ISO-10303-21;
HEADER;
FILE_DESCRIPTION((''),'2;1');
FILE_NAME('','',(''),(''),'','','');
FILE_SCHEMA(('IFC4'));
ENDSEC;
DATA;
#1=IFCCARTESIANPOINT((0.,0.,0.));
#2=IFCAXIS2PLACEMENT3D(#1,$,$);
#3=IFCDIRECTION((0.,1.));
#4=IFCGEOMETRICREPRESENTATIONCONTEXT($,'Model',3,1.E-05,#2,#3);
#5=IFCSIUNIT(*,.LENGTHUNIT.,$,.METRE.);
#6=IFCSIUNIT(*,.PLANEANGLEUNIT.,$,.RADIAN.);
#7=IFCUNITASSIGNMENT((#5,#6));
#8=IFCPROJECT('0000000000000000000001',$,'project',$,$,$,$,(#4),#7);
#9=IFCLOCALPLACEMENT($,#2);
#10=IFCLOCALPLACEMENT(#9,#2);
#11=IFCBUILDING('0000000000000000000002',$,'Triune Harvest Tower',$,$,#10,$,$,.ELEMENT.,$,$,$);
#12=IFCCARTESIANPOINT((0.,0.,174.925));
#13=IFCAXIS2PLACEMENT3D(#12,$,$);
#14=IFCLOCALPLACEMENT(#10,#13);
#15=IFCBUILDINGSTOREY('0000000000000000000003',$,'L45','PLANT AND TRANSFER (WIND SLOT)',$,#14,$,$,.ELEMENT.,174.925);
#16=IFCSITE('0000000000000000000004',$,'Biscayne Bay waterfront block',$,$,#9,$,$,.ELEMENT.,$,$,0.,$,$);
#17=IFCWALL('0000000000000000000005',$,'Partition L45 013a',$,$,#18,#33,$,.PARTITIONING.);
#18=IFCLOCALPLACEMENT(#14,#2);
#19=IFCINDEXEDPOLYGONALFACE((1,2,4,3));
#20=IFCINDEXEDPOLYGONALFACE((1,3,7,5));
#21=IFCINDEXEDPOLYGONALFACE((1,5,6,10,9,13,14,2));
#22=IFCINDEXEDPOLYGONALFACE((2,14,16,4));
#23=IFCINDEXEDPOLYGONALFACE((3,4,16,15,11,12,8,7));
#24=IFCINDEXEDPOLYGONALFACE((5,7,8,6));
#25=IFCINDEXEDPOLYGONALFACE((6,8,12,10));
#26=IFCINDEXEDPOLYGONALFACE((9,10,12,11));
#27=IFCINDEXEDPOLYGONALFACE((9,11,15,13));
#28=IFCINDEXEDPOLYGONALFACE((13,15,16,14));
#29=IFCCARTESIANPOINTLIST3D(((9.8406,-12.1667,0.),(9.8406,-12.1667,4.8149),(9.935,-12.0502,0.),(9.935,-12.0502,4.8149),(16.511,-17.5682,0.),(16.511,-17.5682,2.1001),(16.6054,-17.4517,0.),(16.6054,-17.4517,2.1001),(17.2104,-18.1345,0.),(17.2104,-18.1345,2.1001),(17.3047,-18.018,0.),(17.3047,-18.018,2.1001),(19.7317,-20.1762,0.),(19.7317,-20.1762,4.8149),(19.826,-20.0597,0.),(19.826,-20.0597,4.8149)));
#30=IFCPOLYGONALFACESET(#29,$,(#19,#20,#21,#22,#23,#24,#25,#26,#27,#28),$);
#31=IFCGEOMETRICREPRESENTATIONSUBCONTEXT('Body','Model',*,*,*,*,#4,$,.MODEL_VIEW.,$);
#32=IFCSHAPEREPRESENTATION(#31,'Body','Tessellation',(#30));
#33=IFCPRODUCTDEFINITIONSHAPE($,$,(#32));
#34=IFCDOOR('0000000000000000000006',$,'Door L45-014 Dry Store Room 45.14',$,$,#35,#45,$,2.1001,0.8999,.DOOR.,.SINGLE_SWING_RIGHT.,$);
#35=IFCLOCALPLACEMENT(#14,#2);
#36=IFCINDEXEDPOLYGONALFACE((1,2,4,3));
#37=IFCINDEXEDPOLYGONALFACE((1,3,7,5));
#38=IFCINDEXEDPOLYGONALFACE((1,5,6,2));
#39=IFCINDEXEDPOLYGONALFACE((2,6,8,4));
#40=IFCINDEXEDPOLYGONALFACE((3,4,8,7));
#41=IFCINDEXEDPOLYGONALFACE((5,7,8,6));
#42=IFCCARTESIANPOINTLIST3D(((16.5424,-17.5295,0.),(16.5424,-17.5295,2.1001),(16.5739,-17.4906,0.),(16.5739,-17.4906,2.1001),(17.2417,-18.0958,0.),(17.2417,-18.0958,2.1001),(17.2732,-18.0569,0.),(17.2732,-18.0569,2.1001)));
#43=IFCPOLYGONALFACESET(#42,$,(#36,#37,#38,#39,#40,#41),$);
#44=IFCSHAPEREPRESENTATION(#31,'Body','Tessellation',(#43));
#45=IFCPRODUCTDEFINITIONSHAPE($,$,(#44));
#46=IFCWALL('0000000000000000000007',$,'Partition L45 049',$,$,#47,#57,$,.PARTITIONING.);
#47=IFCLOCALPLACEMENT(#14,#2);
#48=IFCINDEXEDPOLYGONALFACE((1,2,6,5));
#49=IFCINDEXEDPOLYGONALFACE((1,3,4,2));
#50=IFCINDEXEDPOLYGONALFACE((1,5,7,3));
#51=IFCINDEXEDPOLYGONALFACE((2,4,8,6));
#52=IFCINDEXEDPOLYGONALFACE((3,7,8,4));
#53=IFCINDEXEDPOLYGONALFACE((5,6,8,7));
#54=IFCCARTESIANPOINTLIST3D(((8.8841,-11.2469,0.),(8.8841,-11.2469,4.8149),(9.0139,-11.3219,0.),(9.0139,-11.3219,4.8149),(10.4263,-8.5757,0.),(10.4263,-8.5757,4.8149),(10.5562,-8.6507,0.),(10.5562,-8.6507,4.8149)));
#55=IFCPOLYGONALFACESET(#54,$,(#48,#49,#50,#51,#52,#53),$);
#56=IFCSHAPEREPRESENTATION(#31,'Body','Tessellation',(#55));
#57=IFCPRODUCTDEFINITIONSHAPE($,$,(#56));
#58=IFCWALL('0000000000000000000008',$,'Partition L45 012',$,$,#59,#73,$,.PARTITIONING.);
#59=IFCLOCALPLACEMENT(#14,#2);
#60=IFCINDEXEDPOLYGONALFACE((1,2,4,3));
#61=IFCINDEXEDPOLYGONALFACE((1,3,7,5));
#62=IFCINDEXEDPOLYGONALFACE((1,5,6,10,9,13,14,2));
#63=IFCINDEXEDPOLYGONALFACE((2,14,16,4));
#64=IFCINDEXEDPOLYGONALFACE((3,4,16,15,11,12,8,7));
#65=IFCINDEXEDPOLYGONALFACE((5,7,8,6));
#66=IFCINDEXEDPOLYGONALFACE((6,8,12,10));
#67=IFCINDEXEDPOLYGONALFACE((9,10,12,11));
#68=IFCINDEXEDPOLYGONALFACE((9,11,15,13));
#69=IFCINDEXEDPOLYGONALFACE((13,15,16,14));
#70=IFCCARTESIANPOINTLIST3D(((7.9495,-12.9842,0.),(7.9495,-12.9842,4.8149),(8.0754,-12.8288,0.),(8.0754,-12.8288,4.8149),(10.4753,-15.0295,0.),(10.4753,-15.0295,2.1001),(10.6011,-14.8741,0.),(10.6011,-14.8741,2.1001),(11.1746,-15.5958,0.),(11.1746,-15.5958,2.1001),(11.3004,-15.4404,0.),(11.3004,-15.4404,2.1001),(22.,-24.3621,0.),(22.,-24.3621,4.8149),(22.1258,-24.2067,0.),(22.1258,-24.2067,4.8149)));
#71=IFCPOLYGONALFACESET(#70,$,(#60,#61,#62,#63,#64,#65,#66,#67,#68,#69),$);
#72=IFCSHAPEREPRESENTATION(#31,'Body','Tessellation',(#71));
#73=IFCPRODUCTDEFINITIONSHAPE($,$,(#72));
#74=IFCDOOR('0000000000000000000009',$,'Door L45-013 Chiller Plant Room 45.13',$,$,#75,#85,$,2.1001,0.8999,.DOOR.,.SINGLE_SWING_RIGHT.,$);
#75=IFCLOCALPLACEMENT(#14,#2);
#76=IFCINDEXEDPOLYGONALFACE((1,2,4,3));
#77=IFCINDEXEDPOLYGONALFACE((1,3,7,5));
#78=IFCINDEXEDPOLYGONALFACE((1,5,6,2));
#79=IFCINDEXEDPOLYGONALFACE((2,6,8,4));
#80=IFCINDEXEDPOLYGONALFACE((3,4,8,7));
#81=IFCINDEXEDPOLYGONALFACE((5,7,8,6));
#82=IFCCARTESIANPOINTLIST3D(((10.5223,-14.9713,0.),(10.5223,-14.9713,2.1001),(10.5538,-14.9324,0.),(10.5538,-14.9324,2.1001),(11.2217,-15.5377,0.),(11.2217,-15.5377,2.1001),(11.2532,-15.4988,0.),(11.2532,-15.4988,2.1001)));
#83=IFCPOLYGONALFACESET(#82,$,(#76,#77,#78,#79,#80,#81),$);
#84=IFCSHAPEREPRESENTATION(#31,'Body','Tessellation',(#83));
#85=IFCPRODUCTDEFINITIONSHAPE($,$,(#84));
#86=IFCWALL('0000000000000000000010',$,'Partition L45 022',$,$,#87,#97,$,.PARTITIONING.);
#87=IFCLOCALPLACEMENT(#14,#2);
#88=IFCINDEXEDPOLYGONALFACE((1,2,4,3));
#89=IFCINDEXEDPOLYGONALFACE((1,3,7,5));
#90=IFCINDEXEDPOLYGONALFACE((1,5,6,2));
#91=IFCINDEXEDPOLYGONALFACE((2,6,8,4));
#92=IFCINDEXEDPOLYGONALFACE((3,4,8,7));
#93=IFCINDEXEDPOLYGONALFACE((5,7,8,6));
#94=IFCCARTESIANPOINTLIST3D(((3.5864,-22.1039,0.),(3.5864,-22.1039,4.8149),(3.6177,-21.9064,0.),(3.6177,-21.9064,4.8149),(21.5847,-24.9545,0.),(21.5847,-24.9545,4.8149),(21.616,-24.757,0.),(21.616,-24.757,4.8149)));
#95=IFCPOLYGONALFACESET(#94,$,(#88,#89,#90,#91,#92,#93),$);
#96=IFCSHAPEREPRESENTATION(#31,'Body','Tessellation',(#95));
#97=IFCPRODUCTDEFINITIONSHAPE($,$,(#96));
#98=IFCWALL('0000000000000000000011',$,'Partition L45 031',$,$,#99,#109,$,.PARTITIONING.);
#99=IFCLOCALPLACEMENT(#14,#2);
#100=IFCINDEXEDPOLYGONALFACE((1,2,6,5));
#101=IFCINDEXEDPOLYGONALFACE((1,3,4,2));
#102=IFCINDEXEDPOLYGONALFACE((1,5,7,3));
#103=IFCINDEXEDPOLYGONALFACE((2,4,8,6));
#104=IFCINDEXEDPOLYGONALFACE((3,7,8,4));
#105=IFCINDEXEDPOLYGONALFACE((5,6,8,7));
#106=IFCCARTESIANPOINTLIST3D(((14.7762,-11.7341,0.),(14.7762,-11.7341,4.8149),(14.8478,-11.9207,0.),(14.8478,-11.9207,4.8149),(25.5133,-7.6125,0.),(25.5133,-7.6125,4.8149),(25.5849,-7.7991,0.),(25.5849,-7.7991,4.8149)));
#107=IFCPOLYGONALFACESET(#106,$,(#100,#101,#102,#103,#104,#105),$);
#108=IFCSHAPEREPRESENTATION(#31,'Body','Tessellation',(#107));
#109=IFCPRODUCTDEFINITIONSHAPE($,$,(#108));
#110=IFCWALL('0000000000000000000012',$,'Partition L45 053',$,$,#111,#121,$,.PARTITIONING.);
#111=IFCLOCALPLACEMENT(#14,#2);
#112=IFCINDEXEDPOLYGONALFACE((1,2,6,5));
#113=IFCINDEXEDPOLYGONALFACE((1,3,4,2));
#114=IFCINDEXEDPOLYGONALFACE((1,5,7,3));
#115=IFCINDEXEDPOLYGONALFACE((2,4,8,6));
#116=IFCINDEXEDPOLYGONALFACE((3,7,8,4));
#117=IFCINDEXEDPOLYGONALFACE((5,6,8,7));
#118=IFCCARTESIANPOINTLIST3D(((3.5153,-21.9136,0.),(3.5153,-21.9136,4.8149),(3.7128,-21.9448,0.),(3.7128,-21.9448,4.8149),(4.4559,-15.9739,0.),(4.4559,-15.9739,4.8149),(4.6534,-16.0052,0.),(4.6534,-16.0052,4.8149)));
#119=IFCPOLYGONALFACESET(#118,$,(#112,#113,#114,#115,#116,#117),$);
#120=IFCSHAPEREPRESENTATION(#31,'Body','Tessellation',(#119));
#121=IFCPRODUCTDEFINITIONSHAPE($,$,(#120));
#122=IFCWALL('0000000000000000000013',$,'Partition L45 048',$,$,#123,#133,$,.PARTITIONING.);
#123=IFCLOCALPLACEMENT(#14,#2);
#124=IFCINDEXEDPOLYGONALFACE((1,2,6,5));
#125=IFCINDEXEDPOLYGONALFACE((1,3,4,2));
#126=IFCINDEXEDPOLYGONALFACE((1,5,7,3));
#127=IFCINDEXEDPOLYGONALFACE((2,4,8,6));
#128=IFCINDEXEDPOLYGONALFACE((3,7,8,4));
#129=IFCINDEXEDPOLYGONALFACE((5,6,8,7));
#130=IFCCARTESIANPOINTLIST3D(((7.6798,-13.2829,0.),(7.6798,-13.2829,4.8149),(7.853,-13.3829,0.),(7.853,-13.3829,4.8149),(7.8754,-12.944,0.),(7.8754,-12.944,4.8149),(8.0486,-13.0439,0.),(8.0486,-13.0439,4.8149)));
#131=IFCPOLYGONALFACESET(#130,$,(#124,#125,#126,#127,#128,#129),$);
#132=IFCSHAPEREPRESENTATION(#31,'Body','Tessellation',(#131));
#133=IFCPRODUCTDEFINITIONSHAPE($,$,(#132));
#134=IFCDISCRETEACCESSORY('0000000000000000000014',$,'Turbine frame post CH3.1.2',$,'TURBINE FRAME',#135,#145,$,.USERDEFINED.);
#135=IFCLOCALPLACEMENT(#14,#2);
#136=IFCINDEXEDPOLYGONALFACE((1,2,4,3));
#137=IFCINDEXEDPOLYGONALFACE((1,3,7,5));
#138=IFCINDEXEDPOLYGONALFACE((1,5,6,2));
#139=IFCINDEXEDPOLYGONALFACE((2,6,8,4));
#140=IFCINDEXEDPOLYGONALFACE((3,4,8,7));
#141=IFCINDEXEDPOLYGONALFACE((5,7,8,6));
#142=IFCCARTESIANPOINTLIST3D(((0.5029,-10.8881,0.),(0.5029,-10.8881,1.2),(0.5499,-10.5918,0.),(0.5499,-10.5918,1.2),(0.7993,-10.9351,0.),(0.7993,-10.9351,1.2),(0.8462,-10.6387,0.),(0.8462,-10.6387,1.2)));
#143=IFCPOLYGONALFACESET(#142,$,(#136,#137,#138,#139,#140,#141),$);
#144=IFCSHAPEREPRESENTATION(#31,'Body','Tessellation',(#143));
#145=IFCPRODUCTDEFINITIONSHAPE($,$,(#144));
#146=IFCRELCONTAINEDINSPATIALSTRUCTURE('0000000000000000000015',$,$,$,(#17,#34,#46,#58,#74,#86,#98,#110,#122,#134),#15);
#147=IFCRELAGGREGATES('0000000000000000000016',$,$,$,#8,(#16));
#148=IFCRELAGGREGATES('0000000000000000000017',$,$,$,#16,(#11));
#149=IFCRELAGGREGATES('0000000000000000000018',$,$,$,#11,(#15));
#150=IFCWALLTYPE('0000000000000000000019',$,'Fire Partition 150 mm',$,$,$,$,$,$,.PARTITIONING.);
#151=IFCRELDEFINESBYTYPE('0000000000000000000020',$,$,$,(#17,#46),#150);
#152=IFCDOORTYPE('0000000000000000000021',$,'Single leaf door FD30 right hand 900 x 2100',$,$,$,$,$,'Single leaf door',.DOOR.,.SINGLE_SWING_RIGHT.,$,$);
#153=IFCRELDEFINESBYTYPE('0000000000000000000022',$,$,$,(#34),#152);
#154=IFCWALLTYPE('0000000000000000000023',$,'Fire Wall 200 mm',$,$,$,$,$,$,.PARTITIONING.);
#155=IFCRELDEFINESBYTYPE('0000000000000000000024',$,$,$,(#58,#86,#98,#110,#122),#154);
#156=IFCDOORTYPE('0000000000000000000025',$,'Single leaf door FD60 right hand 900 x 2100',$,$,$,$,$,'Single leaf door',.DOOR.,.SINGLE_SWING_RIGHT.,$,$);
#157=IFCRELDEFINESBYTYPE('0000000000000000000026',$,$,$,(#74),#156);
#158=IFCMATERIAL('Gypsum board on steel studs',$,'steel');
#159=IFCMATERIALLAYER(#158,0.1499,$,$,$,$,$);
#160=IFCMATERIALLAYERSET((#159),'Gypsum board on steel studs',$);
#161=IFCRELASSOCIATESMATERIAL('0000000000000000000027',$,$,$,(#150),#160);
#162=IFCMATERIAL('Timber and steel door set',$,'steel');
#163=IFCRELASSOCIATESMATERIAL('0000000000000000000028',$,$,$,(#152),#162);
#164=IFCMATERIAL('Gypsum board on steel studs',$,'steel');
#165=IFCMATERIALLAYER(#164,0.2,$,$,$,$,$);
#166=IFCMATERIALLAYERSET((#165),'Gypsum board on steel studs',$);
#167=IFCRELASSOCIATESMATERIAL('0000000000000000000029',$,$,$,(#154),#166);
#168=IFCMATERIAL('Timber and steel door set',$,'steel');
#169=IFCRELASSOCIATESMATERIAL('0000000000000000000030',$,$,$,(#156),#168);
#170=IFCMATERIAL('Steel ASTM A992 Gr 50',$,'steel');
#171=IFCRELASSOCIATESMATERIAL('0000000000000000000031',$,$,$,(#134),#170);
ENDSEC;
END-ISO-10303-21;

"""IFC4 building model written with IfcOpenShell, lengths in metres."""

from ifc_helpers import new_model, si_unit, direction, frame, frame_2d, origin, origin_2d, place, context, subcontext, project, spatial, rectangle, extrude, source, transform, mapped, material, layer, layer_set, type_object, element, fill, save


model = new_model("IFC4")

# Units and contexts
model_context = context("Model", 3, precision=1e-05, world=origin(), true_north=direction((0.0, 1.0)))
body_context = subcontext(model_context, "Body", "Model", "MODEL_VIEW")
ifc_project = project(units=[si_unit("LENGTHUNIT", "METRE"), si_unit("PLANEANGLEUNIT", "RADIAN")], contexts=[model_context])

# Site, building, storey
site_placement = place(None, origin())
site = spatial("IfcSite", under=ifc_project, at=site_placement, Name="Biscayne Bay waterfront block", CompositionType="ELEMENT", RefElevation=0.0)
building_placement = place(site_placement, origin())
building = spatial("IfcBuilding", under=site, at=building_placement, Name="Triune Harvest Tower", CompositionType="ELEMENT")
storey_placement = place(building_placement, frame((0.0, 0.0, 174.925)))
storey = spatial("IfcBuildingStorey", under=building, at=storey_placement, Name="L45", Description="PLANT AND TRANSFER (WIND SLOT)", CompositionType="ELEMENT", Elevation=174.925)

# Shared definitions
ifc_material_1 = material(Name="Gypsum board on steel studs", Category="steel")
ifc_layer_1 = layer(ifc_material_1, 0.1499)
ifc_layer_set_1 = layer_set([ifc_layer_1], Name="Gypsum board on steel studs")
wall_type_1 = type_object("IfcWallType", Name="Fire Partition 150 mm", PredefinedType="PARTITIONING", material=ifc_layer_set_1)

# Wall, opening, door
wall_1_placement = place(storey_placement, frame((9.8877, -12.1084, 0.0), z_axis=(0.0, 0.0, 1.0), x_axis=(0.777151, -0.629314, 0.0)))
wall_1 = element("IfcWall", 1, at=wall_1_placement, inside=storey, type_object=wall_type_1, Name="Partition L45 013a", PredefinedType="PARTITIONING", context=body_context, shape_type="SweptSolid", body=[
    extrude(rectangle(XDim=12.7273, YDim=0.1499, at=frame_2d((6.3638, 0.0))), origin(), (0.0, 0.0, 1.0), 4.8149),
])
opening_1_placement = place(wall_1_placement, frame((8.5833, 0.0, 0.0)))
opening_1 = element("IfcOpeningElement", 2, at=opening_1_placement, cuts=wall_1, PredefinedType="OPENING", context=body_context, shape_type="SweptSolid", body=[
    extrude(rectangle(XDim=0.8999, YDim=2.1001, at=frame_2d((0.45, 1.05))), frame((0.0, 0.085, 0.0), z_axis=(0.0, -1.0, 0.0), x_axis=(1.0, 0.0, 0.0)), (0.0, 0.0, 1.0), 0.1699),
])
ifc_material_2 = material(Name="Timber and steel door set", Category="steel")
door_type_1 = type_object("IfcDoorType", Name="Single leaf door FD30 right hand 900 x 2100", ElementType="Single leaf door", OperationType="SINGLE_SWING_RIGHT", PredefinedType="DOOR", material=ifc_material_2)
door_1_placement = place(opening_1_placement, origin())
door_1 = element("IfcDoor", 3, at=door_1_placement, inside=storey, type_object=door_type_1, Name="Door L45-014 Dry Store Room 45.14", OperationType="SINGLE_SWING_RIGHT", OverallHeight=2.1001, OverallWidth=0.8999, PredefinedType="DOOR", context=body_context, shape_type="SweptSolid", body=[
    extrude(rectangle(XDim=0.8999, YDim=2.1001, at=frame_2d((0.45, 1.05))), frame((0.0, 0.0249, 0.0), z_axis=(0.0, -1.0, 0.0), x_axis=(1.0, 0.0, 0.0)), (0.0, 0.0, 1.0), 0.05),
])
fill(opening_1, door_1)

# Wall
wall_2_placement = place(storey_placement, frame((8.949, -11.2844, 0.0), z_axis=(0.0, 0.0, 1.0), x_axis=(0.500013, 0.866018, 0.0)))
element("IfcWall", 4, at=wall_2_placement, inside=storey, type_object=wall_type_1, Name="Partition L45 049", PredefinedType="PARTITIONING", context=body_context, shape_type="SweptSolid", body=[
    extrude(rectangle(XDim=3.0845, YDim=0.1499, at=frame_2d((1.5422, 0.0))), origin(), (0.0, 0.0, 1.0), 4.8149),
])

# Wall, opening, door
ifc_material_3 = material(Name="Gypsum board on steel studs", Category="steel")
ifc_layer_2 = layer(ifc_material_3, 0.2)
ifc_layer_set_2 = layer_set([ifc_layer_2], Name="Gypsum board on steel studs")
wall_type_2 = type_object("IfcWallType", Name="Fire Wall 200 mm", PredefinedType="PARTITIONING", material=ifc_layer_set_2)
wall_3_placement = place(storey_placement, frame((8.0125, -12.9065, 0.0), z_axis=(0.0, 0.0, 1.0), x_axis=(0.777145, -0.629321, 0.0)))
wall_3 = element("IfcWall", 5, at=wall_3_placement, inside=storey, type_object=wall_type_2, Name="Partition L45 012", PredefinedType="PARTITIONING", context=body_context, shape_type="SweptSolid", body=[
    extrude(rectangle(XDim=18.0796, YDim=0.2, at=frame_2d((9.0398, 0.0))), origin(), (0.0, 0.0, 1.0), 4.8149),
])
opening_2_placement = place(wall_3_placement, frame((3.25, 0.0, 0.0)))
opening_2 = element("IfcOpeningElement", 6, at=opening_2_placement, cuts=wall_3, PredefinedType="OPENING", context=body_context, shape_type="SweptSolid", body=[
    extrude(rectangle(XDim=0.8999, YDim=2.1001, at=frame_2d((0.45, 1.05))), frame((0.0, 0.1099, 0.0), z_axis=(0.0, -1.0, 0.0), x_axis=(1.0, 0.0, 0.0)), (0.0, 0.0, 1.0), 0.22),
])
ifc_material_4 = material(Name="Timber and steel door set", Category="steel")
door_type_2 = type_object("IfcDoorType", Name="Single leaf door FD60 right hand 900 x 2100", ElementType="Single leaf door", OperationType="SINGLE_SWING_RIGHT", PredefinedType="DOOR", material=ifc_material_4)
door_2_placement = place(opening_2_placement, origin())
door_2 = element("IfcDoor", 7, at=door_2_placement, inside=storey, type_object=door_type_2, Name="Door L45-013 Chiller Plant Room 45.13", OperationType="SINGLE_SWING_RIGHT", OverallHeight=2.1001, OverallWidth=0.8999, PredefinedType="DOOR", context=body_context, shape_type="SweptSolid", body=[
    extrude(rectangle(XDim=0.8999, YDim=2.1001, at=frame_2d((0.45, 1.05))), frame((0.0, 0.0249, 0.0), z_axis=(0.0, -1.0, 0.0), x_axis=(1.0, 0.0, 0.0)), (0.0, 0.0, 1.0), 0.05),
])
fill(opening_2, door_2)

# Walls
wall_4_placement = place(storey_placement, frame((3.6021, -22.0051, 0.0), z_axis=(0.0, 0.0, 1.0), x_axis=(0.987689, -0.156431, 0.0)))
element("IfcWall", 8, at=wall_4_placement, inside=storey, type_object=wall_type_2, Name="Partition L45 022", PredefinedType="PARTITIONING", context=body_context, shape_type="SweptSolid", body=[
    extrude(rectangle(XDim=18.2227, YDim=0.2, at=frame_2d((9.1113, 0.0))), origin(), (0.0, 0.0, 1.0), 4.8149),
])
wall_5_placement = place(storey_placement, frame((14.812, -11.8274, 0.0), z_axis=(0.0, 0.0, 1.0), x_axis=(0.93358, 0.358369, 0.0)))
element("IfcWall", 9, at=wall_5_placement, inside=storey, type_object=wall_type_2, Name="Partition L45 031", PredefinedType="PARTITIONING", context=body_context, shape_type="SweptSolid", body=[
    extrude(rectangle(XDim=11.501, YDim=0.2, at=frame_2d((5.7505, 0.0))), origin(), (0.0, 0.0, 1.0), 4.8149),
])
shared_shape_1 = source(origin(), body_context, "Body", "SweptSolid", [
    extrude(rectangle(XDim=6.0137, YDim=0.2, at=frame_2d((3.0068, 0.0))), origin(), (0.0, 0.0, 1.0), 4.8149),
])
wall_6_placement = place(storey_placement, frame((3.614, -21.9292, 0.0), z_axis=(0.0, 0.0, 1.0), x_axis=(0.156421, 0.98769, 0.0)))
element("IfcWall", 10, at=wall_6_placement, inside=storey, type_object=wall_type_2, Name="Partition L45 053", PredefinedType="PARTITIONING", context=body_context, shape_type="MappedRepresentation", body=[
    mapped(shared_shape_1, transform((0.0, 0.0, 0.0), scale=1.0)),
])
shared_shape_2 = source(origin(), body_context, "Body", "SweptSolid", [
    extrude(rectangle(XDim=0.3914, YDim=0.2, at=frame_2d((0.1958, 0.0))), origin(), (0.0, 0.0, 1.0), 4.8149),
])
wall_7_placement = place(storey_placement, frame((7.7664, -13.333, 0.0), z_axis=(0.0, 0.0, 1.0), x_axis=(0.49983, 0.866123, 0.0)))
element("IfcWall", 11, at=wall_7_placement, inside=storey, type_object=wall_type_2, Name="Partition L45 048", PredefinedType="PARTITIONING", context=body_context, shape_type="MappedRepresentation", body=[
    mapped(shared_shape_2, transform((0.0, 0.0, 0.0), scale=1.0)),
])

# Discrete accessory
ifc_material_5 = material(Name="Steel ASTM A992 Gr 50", Category="steel")
shared_shape_3 = source(origin(), body_context, "Body", "SweptSolid", [
    extrude(rectangle(XDim=0.3, YDim=0.3, at=origin_2d()), origin(), (0.0, 0.0, 1.0), 1.2),
])
discrete_accessory_placement = place(storey_placement, frame((0.6746, -10.7634, 0.0), z_axis=(0.0, 0.0, 1.0), x_axis=(-0.156434, -0.987688, 0.0)))
element("IfcDiscreteAccessory", 12, at=discrete_accessory_placement, inside=storey, material=ifc_material_5, Name="Turbine frame post CH3.1.2", ObjectType="TURBINE FRAME", PredefinedType="USERDEFINED", context=body_context, shape_type="MappedRepresentation", body=[
    mapped(shared_shape_3, transform((0.0, 0.0, 0.0), scale=1.0)),
])

save(model, "model.ifc")
